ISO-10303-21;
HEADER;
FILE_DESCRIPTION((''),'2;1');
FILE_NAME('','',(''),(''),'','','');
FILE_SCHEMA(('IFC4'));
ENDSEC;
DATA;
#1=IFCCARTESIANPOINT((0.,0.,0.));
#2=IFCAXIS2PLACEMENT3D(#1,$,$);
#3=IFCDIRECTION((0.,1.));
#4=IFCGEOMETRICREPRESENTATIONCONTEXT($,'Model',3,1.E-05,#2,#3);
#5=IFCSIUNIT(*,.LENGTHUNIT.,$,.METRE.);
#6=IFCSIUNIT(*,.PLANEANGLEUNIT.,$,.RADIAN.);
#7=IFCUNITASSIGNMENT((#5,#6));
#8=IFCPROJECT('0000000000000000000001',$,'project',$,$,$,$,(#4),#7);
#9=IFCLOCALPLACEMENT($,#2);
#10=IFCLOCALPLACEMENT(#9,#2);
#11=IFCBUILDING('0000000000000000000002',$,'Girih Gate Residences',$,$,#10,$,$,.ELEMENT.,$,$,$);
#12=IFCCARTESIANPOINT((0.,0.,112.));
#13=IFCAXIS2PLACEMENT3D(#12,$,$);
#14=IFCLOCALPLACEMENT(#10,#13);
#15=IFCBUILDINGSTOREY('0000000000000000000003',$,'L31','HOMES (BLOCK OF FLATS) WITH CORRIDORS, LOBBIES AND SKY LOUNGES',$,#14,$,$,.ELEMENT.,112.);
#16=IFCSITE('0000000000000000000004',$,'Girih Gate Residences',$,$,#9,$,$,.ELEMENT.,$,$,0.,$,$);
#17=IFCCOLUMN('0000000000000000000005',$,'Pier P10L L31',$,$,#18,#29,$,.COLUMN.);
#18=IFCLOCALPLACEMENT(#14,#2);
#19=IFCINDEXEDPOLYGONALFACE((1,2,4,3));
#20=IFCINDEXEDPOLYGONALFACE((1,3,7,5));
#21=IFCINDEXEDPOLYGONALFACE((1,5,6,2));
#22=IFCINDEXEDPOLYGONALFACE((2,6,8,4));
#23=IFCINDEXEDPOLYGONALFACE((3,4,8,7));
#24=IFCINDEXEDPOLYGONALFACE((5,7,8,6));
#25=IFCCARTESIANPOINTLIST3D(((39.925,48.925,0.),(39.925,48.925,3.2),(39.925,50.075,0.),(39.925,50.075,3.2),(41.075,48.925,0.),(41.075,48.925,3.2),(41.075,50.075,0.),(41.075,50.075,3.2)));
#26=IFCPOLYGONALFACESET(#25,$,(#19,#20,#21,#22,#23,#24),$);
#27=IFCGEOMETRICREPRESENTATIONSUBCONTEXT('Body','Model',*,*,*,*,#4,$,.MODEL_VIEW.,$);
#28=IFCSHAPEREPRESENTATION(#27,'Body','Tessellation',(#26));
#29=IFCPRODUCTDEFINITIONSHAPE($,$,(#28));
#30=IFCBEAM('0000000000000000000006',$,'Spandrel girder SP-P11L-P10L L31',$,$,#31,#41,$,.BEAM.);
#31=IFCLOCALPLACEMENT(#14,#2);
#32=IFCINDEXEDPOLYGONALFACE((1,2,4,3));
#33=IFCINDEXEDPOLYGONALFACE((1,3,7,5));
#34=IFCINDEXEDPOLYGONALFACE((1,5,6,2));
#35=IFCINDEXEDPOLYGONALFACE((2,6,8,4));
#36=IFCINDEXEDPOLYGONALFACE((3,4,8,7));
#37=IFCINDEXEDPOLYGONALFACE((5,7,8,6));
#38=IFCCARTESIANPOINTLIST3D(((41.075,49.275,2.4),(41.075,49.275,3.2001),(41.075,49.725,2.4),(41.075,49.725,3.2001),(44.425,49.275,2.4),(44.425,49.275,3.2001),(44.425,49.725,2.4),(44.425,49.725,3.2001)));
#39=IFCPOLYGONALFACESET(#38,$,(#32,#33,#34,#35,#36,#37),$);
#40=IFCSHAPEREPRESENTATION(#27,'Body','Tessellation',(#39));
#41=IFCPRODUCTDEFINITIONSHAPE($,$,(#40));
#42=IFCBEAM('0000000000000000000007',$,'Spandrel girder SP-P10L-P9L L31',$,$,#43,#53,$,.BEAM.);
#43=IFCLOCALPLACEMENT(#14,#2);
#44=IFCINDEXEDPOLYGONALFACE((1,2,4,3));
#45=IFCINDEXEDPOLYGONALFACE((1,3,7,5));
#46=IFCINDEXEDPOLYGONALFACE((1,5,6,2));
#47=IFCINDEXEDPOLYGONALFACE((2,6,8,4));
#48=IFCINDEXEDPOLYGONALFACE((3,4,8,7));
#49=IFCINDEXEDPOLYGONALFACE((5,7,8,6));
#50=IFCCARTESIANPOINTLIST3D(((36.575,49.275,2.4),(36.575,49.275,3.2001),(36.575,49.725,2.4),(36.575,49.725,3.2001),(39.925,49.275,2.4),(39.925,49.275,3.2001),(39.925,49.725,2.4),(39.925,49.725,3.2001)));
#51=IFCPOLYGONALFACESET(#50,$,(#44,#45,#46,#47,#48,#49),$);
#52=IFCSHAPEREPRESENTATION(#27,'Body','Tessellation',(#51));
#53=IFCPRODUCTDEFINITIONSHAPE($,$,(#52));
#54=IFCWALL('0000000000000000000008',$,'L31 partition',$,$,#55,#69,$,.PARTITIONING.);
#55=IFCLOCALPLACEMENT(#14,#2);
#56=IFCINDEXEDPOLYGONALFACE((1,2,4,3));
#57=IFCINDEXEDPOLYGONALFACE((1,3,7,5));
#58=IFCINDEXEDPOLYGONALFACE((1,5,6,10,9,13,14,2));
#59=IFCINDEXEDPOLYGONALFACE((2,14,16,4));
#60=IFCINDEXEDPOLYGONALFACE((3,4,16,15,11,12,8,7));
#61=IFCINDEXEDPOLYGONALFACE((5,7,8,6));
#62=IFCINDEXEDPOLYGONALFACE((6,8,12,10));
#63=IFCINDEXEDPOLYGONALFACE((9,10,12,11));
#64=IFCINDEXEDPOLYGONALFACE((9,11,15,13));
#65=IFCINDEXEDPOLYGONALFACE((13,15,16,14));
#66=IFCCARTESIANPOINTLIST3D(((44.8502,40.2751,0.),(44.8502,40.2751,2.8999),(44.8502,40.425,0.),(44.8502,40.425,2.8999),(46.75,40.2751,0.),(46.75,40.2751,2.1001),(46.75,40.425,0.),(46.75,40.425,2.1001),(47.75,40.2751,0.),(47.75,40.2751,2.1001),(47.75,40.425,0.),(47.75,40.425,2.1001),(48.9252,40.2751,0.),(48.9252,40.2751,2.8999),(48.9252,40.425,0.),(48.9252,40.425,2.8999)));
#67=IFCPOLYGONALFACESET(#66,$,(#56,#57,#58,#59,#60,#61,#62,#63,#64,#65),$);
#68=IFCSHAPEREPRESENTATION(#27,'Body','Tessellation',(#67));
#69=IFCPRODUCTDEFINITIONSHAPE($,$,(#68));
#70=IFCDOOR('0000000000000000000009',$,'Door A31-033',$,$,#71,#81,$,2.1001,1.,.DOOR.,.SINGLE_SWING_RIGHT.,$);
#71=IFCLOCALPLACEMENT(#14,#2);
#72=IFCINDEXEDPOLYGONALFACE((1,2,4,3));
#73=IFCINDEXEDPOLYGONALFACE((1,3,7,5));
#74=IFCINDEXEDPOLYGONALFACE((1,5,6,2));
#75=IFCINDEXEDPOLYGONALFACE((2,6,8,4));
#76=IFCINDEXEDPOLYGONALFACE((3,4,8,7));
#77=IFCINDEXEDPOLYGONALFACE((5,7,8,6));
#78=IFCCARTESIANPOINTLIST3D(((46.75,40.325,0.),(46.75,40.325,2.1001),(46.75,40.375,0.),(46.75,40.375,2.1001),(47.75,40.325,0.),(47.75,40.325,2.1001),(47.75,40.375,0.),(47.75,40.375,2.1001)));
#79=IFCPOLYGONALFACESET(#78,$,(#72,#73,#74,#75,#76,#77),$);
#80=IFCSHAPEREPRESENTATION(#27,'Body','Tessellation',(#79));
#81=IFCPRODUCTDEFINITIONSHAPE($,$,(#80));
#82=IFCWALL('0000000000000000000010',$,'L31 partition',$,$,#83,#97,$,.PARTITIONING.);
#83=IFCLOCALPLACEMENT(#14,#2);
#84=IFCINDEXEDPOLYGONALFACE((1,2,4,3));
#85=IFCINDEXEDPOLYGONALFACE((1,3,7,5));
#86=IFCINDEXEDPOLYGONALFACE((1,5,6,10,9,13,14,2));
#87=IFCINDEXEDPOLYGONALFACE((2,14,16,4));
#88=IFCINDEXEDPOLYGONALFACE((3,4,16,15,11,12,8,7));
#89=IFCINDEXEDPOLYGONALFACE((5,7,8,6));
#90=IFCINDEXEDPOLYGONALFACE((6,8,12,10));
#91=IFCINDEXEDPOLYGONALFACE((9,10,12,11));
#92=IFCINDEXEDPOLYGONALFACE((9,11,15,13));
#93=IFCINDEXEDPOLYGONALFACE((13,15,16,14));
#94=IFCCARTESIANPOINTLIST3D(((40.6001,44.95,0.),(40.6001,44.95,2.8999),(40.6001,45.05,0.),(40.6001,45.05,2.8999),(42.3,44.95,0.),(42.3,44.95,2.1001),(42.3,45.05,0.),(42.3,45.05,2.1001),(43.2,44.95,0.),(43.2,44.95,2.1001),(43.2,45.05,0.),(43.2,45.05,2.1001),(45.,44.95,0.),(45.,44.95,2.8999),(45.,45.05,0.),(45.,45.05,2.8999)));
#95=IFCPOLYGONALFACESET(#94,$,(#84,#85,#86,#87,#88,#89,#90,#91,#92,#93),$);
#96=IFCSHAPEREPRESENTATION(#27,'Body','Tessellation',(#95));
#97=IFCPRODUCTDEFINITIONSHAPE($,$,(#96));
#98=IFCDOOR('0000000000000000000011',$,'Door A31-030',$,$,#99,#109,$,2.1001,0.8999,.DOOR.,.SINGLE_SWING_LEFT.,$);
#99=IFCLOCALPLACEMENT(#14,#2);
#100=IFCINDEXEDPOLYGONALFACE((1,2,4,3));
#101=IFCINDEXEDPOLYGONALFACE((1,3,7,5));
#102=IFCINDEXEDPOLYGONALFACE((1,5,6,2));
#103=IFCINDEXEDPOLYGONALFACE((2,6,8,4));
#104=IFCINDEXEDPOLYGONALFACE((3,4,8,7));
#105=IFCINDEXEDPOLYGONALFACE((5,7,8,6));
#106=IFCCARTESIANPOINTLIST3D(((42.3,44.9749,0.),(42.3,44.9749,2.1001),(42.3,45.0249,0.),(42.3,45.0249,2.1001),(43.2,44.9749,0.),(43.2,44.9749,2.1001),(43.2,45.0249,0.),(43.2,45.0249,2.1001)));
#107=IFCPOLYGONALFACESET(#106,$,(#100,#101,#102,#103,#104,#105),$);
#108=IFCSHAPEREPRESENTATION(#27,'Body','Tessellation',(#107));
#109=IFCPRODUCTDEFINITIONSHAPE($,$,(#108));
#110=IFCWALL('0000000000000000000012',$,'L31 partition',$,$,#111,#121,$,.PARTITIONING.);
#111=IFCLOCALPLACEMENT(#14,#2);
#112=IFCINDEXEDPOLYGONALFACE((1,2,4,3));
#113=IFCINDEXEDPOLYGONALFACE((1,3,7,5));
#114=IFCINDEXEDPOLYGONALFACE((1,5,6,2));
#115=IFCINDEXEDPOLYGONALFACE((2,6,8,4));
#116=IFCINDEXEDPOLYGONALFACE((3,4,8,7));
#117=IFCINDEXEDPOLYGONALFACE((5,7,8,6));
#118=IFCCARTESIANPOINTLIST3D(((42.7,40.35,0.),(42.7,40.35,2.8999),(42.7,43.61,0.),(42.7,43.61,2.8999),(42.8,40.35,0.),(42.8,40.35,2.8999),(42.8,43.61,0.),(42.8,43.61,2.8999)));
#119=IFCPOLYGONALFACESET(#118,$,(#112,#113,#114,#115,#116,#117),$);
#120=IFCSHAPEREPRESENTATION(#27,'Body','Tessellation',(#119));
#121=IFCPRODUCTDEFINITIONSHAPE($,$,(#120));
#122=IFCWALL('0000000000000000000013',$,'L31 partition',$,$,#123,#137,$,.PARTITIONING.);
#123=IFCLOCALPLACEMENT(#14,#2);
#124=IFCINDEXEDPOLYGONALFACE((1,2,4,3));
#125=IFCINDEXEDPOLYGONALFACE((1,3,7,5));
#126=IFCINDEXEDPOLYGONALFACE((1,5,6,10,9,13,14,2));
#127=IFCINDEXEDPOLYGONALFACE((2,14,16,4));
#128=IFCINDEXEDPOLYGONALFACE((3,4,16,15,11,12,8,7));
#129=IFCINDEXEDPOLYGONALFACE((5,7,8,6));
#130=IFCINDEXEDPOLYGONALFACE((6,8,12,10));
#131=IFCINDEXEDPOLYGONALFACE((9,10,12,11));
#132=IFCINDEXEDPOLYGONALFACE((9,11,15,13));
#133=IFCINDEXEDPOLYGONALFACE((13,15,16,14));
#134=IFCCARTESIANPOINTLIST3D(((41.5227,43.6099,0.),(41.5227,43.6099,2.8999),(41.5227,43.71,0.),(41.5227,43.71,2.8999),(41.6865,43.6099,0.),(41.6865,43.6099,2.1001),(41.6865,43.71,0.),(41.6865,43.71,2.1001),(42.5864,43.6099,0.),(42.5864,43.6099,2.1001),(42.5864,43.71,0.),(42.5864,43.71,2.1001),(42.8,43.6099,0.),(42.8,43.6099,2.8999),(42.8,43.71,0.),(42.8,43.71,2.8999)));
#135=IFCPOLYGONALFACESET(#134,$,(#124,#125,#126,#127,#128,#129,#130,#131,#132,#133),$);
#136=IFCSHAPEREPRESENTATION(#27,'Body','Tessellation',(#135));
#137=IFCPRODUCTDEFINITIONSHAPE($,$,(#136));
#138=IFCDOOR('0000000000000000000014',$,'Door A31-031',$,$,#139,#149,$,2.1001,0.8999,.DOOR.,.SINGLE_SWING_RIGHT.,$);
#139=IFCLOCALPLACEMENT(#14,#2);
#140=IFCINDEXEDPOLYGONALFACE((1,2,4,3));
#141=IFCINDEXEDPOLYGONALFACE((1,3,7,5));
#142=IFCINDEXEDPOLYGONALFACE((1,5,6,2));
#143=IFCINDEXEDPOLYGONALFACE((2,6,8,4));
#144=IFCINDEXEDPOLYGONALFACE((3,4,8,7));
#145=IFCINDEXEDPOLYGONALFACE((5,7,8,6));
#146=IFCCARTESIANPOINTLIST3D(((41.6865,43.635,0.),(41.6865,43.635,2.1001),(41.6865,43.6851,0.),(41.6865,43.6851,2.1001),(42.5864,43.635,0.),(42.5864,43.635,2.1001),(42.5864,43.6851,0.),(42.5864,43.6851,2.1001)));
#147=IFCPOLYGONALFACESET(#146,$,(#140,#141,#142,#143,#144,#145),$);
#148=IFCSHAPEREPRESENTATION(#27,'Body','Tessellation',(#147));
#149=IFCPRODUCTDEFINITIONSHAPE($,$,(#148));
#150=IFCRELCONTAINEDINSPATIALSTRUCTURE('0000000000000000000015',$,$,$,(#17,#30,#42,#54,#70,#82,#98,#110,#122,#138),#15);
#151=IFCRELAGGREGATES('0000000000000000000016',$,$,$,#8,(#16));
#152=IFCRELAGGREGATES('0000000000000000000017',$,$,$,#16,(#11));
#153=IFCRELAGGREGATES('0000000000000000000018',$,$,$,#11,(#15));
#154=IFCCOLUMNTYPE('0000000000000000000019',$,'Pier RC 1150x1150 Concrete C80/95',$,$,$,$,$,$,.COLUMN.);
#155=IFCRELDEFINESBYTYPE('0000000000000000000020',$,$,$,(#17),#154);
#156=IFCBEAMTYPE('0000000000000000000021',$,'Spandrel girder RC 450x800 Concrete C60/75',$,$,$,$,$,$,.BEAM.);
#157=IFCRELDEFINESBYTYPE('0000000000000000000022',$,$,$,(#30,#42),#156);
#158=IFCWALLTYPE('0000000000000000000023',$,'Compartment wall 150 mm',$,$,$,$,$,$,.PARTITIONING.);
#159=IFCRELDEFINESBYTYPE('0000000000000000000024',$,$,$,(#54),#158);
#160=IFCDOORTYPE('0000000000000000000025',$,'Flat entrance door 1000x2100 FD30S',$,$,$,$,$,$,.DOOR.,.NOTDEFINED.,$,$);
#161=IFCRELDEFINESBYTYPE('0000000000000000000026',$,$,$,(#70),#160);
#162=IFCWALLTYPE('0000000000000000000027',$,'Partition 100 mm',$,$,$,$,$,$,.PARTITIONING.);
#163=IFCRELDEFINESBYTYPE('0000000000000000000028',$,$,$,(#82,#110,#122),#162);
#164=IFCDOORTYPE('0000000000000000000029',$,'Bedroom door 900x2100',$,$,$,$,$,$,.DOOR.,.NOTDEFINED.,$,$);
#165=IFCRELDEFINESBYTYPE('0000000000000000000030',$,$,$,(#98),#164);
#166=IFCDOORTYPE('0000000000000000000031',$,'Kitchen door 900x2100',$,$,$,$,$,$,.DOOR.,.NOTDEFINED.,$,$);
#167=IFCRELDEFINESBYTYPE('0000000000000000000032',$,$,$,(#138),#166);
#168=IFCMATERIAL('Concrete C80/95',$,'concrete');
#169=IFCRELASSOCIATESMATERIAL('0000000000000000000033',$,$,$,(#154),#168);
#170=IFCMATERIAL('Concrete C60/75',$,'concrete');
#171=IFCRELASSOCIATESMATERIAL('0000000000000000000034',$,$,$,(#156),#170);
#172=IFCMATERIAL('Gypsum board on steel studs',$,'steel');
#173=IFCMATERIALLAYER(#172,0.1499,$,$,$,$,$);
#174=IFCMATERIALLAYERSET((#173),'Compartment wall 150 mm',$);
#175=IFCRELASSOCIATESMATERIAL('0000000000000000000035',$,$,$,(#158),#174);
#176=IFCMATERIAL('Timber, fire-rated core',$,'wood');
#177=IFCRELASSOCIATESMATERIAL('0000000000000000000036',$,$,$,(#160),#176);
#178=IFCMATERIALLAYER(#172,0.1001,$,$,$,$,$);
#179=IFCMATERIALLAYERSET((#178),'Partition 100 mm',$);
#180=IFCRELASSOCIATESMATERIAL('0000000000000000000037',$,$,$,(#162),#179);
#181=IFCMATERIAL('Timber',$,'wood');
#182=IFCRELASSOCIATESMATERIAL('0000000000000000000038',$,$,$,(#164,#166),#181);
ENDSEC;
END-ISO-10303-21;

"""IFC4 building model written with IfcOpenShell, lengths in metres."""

from ifc_helpers import new_model, si_unit, direction, frame, frame_2d, origin, origin_2d, place, context, subcontext, project, spatial, rectangle, extrude, material, layer, layer_set, material_profile, profile_set, type_object, element, fill, save


model = new_model("IFC4")

# Units and contexts
model_context = context("Model", 3, precision=1e-05, world=origin(), true_north=direction((0.0, 1.0)))
body_context = subcontext(model_context, "Body", "Model", "MODEL_VIEW")
ifc_project = project(units=[si_unit("LENGTHUNIT", "METRE"), si_unit("PLANEANGLEUNIT", "RADIAN")], contexts=[model_context])

# Site, building, storey
site_placement = place(None, origin())
site = spatial("IfcSite", under=ifc_project, at=site_placement, Name="Girih Gate Residences", CompositionType="ELEMENT", RefElevation=0.0)
building_placement = place(site_placement, origin())
building = spatial("IfcBuilding", under=site, at=building_placement, Name="Girih Gate Residences", CompositionType="ELEMENT")
storey_placement = place(building_placement, frame((0.0, 0.0, 112.0)))
storey = spatial("IfcBuildingStorey", under=building, at=storey_placement, Name="L31", Description="HOMES (BLOCK OF FLATS) WITH CORRIDORS, LOBBIES AND SKY LOUNGES", CompositionType="ELEMENT", Elevation=112.0)

# Column
ifc_material_1 = material(Name="Concrete C80/95", Category="concrete")
ifc_material_profile_1 = material_profile(ifc_material_1, rectangle(XDim=1.1499, YDim=1.1499, at=origin_2d()))
ifc_profile_set_1 = profile_set([ifc_material_profile_1], Name="Concrete C80/95")
column_type = type_object("IfcColumnType", Name="Pier RC 1150x1150 Concrete C80/95", PredefinedType="COLUMN", material=ifc_profile_set_1)
column_placement = place(storey_placement, frame((40.5, 49.5, 0.0), z_axis=(0.0, 0.0, 1.0), x_axis=(1.0, 0.0, 0.0)))
element("IfcColumn", 1, at=column_placement, inside=storey, type_object=column_type, Name="Pier P10L L31", PredefinedType="COLUMN", context=body_context, shape_type="SweptSolid", body=[
    extrude(rectangle(XDim=1.1499, YDim=1.1499, at=origin_2d()), origin(), (0.0, 0.0, 1.0), 3.2),
])

# Beams
ifc_material_2 = material(Name="Concrete C60/75", Category="concrete")
ifc_material_profile_2 = material_profile(ifc_material_2, rectangle(XDim=0.45, YDim=0.8, at=origin_2d()))
ifc_profile_set_2 = profile_set([ifc_material_profile_2], Name="Concrete C60/75")
beam_type = type_object("IfcBeamType", Name="Spandrel girder RC 450x800 Concrete C60/75", PredefinedType="BEAM", material=ifc_profile_set_2)
for number, where, z_axis, x_axis, name in (
    (2, (44.425, 49.5, 2.8), (-1.0, 0.0, 0.0), (0.0, -1.0, 0.0), "Spandrel girder SP-P11L-P10L L31"),
    (3, (39.925, 49.5, 2.8), (-1.0, 0.0, 0.0), (0.0, -1.0, 0.0), "Spandrel girder SP-P10L-P9L L31"),
):
    element("IfcBeam", number, at=place(storey_placement, frame(where, z_axis=z_axis, x_axis=x_axis)), inside=storey, type_object=beam_type, Name=name, PredefinedType="BEAM", context=body_context, shape_type="SweptSolid", body=[
        extrude(rectangle(XDim=0.45, YDim=0.8, at=origin_2d()), origin(), (0.0, 0.0, 1.0), 3.3501),
    ])

# Walls, openings, doors
ifc_material_3 = material(Name="Gypsum board on steel studs", Category="steel")
ifc_layer_1 = layer(ifc_material_3, 0.1499)
ifc_layer_set_1 = layer_set([ifc_layer_1], Name="Compartment wall 150 mm")
wall_type_1 = type_object("IfcWallType", Name="Compartment wall 150 mm", PredefinedType="PARTITIONING", material=ifc_layer_set_1)
wall_1_placement = place(storey_placement, frame((44.8501, 40.3501, 0.0), z_axis=(0.0, 0.0, 1.0), x_axis=(1.0, 0.0, 0.0)))
wall_1 = element("IfcWall", 4, at=wall_1_placement, inside=storey, type_object=wall_type_1, Name="L31 partition", PredefinedType="PARTITIONING", context=body_context, shape_type="SweptSolid", body=[
    extrude(rectangle(XDim=4.075, YDim=0.1499, at=frame_2d((2.0376, 0.0))), origin(), (0.0, 0.0, 1.0), 2.8999),
])
opening_1_placement = place(wall_1_placement, frame((1.8999, 0.0, 0.0)))
opening_1 = element("IfcOpeningElement", 5, at=opening_1_placement, cuts=wall_1, PredefinedType="OPENING", context=body_context, shape_type="SweptSolid", body=[
    extrude(rectangle(XDim=1.0, YDim=2.1001, at=frame_2d((0.5, 1.05))), frame((0.0, 0.085, 0.0), z_axis=(0.0, -1.0, 0.0), x_axis=(1.0, 0.0, 0.0)), (0.0, 0.0, 1.0), 0.1699),
])
ifc_material_4 = material(Name="Timber, fire-rated core", Category="wood")
door_type_1 = type_object("IfcDoorType", Name="Flat entrance door 1000x2100 FD30S", OperationType="NOTDEFINED", PredefinedType="DOOR", material=ifc_material_4)
door_1_placement = place(opening_1_placement, origin())
door_1 = element("IfcDoor", 6, at=door_1_placement, inside=storey, type_object=door_type_1, Name="Door A31-033", OperationType="SINGLE_SWING_RIGHT", OverallHeight=2.1001, OverallWidth=1.0, PredefinedType="DOOR", context=body_context, shape_type="SweptSolid", body=[
    extrude(rectangle(XDim=1.0, YDim=2.1001, at=frame_2d((0.5, 1.05))), frame((0.0, 0.0249, 0.0), z_axis=(0.0, -1.0, 0.0), x_axis=(1.0, 0.0, 0.0)), (0.0, 0.0, 1.0), 0.05),
])
fill(opening_1, door_1)
ifc_layer_2 = layer(ifc_material_3, 0.1001)
ifc_layer_set_2 = layer_set([ifc_layer_2], Name="Partition 100 mm")
wall_type_2 = type_object("IfcWallType", Name="Partition 100 mm", PredefinedType="PARTITIONING", material=ifc_layer_set_2)
wall_2_placement = place(storey_placement, frame((40.6001, 45.0, 0.0), z_axis=(0.0, 0.0, 1.0), x_axis=(1.0, 0.0, 0.0)))
wall_2 = element("IfcWall", 7, at=wall_2_placement, inside=storey, type_object=wall_type_2, Name="L31 partition", PredefinedType="PARTITIONING", context=body_context, shape_type="SweptSolid", body=[
    extrude(rectangle(XDim=4.3999, YDim=0.1001, at=frame_2d((2.2, 0.0))), origin(), (0.0, 0.0, 1.0), 2.8999),
])
opening_2_placement = place(wall_2_placement, frame((1.7, 0.0, 0.0)))
opening_2 = element("IfcOpeningElement", 8, at=opening_2_placement, cuts=wall_2, PredefinedType="OPENING", context=body_context, shape_type="SweptSolid", body=[
    extrude(rectangle(XDim=0.8999, YDim=2.1001, at=frame_2d((0.45, 1.05))), frame((0.0, 0.0601, 0.0), z_axis=(0.0, -1.0, 0.0), x_axis=(1.0, 0.0, 0.0)), (0.0, 0.0, 1.0), 0.1201),
])
ifc_material_5 = material(Name="Timber", Category="wood")
door_type_2 = type_object("IfcDoorType", Name="Bedroom door 900x2100", OperationType="NOTDEFINED", PredefinedType="DOOR", material=ifc_material_5)
door_2_placement = place(opening_2_placement, origin())
door_2 = element("IfcDoor", 9, at=door_2_placement, inside=storey, type_object=door_type_2, Name="Door A31-030", OperationType="SINGLE_SWING_LEFT", OverallHeight=2.1001, OverallWidth=0.8999, PredefinedType="DOOR", context=body_context, shape_type="SweptSolid", body=[
    extrude(rectangle(XDim=0.8999, YDim=2.1001, at=frame_2d((0.45, 1.05))), frame((0.0, 0.0249, 0.0), z_axis=(0.0, -1.0, 0.0), x_axis=(1.0, 0.0, 0.0)), (0.0, 0.0, 1.0), 0.05),
])
fill(opening_2, door_2)

# Wall
wall_3_placement = place(storey_placement, frame((42.75, 40.3501, 0.0), z_axis=(0.0, 0.0, 1.0), x_axis=(0.0, 1.0, 0.0)))
element("IfcWall", 10, at=wall_3_placement, inside=storey, type_object=wall_type_2, Name="L31 partition", PredefinedType="PARTITIONING", context=body_context, shape_type="SweptSolid", body=[
    extrude(rectangle(XDim=3.26, YDim=0.1001, at=frame_2d((1.6299, 0.0))), origin(), (0.0, 0.0, 1.0), 2.8999),
])

# Wall, opening, door
wall_4_placement = place(storey_placement, frame((42.8, 43.6599, 0.0), z_axis=(0.0, 0.0, 1.0), x_axis=(-1.0, 0.0, 0.0)))
wall_4 = element("IfcWall", 11, at=wall_4_placement, inside=storey, type_object=wall_type_2, Name="L31 partition", PredefinedType="PARTITIONING", context=body_context, shape_type="SweptSolid", body=[
    extrude(rectangle(XDim=1.2773, YDim=0.1001, at=frame_2d((0.6387, 0.0))), origin(), (0.0, 0.0, 1.0), 2.8999),
])
opening_3_placement = place(wall_4_placement, frame((0.2136, 0.0, 0.0)))
opening_3 = element("IfcOpeningElement", 12, at=opening_3_placement, cuts=wall_4, PredefinedType="OPENING", context=body_context, shape_type="SweptSolid", body=[
    extrude(rectangle(XDim=0.8999, YDim=2.1001, at=frame_2d((0.45, 1.05))), frame((0.0, 0.0601, 0.0), z_axis=(0.0, -1.0, 0.0), x_axis=(1.0, 0.0, 0.0)), (0.0, 0.0, 1.0), 0.1201),
])
door_type_3 = type_object("IfcDoorType", Name="Kitchen door 900x2100", OperationType="NOTDEFINED", PredefinedType="DOOR", material=ifc_material_5)
door_3_placement = place(opening_3_placement, origin())
door_3 = element("IfcDoor", 13, at=door_3_placement, inside=storey, type_object=door_type_3, Name="Door A31-031", OperationType="SINGLE_SWING_RIGHT", OverallHeight=2.1001, OverallWidth=0.8999, PredefinedType="DOOR", context=body_context, shape_type="SweptSolid", body=[
    extrude(rectangle(XDim=0.8999, YDim=2.1001, at=frame_2d((0.45, 1.05))), frame((0.0, 0.0249, 0.0), z_axis=(0.0, -1.0, 0.0), x_axis=(1.0, 0.0, 0.0)), (0.0, 0.0, 1.0), 0.05),
])
fill(opening_3, door_3)

save(model, "model.ifc")
